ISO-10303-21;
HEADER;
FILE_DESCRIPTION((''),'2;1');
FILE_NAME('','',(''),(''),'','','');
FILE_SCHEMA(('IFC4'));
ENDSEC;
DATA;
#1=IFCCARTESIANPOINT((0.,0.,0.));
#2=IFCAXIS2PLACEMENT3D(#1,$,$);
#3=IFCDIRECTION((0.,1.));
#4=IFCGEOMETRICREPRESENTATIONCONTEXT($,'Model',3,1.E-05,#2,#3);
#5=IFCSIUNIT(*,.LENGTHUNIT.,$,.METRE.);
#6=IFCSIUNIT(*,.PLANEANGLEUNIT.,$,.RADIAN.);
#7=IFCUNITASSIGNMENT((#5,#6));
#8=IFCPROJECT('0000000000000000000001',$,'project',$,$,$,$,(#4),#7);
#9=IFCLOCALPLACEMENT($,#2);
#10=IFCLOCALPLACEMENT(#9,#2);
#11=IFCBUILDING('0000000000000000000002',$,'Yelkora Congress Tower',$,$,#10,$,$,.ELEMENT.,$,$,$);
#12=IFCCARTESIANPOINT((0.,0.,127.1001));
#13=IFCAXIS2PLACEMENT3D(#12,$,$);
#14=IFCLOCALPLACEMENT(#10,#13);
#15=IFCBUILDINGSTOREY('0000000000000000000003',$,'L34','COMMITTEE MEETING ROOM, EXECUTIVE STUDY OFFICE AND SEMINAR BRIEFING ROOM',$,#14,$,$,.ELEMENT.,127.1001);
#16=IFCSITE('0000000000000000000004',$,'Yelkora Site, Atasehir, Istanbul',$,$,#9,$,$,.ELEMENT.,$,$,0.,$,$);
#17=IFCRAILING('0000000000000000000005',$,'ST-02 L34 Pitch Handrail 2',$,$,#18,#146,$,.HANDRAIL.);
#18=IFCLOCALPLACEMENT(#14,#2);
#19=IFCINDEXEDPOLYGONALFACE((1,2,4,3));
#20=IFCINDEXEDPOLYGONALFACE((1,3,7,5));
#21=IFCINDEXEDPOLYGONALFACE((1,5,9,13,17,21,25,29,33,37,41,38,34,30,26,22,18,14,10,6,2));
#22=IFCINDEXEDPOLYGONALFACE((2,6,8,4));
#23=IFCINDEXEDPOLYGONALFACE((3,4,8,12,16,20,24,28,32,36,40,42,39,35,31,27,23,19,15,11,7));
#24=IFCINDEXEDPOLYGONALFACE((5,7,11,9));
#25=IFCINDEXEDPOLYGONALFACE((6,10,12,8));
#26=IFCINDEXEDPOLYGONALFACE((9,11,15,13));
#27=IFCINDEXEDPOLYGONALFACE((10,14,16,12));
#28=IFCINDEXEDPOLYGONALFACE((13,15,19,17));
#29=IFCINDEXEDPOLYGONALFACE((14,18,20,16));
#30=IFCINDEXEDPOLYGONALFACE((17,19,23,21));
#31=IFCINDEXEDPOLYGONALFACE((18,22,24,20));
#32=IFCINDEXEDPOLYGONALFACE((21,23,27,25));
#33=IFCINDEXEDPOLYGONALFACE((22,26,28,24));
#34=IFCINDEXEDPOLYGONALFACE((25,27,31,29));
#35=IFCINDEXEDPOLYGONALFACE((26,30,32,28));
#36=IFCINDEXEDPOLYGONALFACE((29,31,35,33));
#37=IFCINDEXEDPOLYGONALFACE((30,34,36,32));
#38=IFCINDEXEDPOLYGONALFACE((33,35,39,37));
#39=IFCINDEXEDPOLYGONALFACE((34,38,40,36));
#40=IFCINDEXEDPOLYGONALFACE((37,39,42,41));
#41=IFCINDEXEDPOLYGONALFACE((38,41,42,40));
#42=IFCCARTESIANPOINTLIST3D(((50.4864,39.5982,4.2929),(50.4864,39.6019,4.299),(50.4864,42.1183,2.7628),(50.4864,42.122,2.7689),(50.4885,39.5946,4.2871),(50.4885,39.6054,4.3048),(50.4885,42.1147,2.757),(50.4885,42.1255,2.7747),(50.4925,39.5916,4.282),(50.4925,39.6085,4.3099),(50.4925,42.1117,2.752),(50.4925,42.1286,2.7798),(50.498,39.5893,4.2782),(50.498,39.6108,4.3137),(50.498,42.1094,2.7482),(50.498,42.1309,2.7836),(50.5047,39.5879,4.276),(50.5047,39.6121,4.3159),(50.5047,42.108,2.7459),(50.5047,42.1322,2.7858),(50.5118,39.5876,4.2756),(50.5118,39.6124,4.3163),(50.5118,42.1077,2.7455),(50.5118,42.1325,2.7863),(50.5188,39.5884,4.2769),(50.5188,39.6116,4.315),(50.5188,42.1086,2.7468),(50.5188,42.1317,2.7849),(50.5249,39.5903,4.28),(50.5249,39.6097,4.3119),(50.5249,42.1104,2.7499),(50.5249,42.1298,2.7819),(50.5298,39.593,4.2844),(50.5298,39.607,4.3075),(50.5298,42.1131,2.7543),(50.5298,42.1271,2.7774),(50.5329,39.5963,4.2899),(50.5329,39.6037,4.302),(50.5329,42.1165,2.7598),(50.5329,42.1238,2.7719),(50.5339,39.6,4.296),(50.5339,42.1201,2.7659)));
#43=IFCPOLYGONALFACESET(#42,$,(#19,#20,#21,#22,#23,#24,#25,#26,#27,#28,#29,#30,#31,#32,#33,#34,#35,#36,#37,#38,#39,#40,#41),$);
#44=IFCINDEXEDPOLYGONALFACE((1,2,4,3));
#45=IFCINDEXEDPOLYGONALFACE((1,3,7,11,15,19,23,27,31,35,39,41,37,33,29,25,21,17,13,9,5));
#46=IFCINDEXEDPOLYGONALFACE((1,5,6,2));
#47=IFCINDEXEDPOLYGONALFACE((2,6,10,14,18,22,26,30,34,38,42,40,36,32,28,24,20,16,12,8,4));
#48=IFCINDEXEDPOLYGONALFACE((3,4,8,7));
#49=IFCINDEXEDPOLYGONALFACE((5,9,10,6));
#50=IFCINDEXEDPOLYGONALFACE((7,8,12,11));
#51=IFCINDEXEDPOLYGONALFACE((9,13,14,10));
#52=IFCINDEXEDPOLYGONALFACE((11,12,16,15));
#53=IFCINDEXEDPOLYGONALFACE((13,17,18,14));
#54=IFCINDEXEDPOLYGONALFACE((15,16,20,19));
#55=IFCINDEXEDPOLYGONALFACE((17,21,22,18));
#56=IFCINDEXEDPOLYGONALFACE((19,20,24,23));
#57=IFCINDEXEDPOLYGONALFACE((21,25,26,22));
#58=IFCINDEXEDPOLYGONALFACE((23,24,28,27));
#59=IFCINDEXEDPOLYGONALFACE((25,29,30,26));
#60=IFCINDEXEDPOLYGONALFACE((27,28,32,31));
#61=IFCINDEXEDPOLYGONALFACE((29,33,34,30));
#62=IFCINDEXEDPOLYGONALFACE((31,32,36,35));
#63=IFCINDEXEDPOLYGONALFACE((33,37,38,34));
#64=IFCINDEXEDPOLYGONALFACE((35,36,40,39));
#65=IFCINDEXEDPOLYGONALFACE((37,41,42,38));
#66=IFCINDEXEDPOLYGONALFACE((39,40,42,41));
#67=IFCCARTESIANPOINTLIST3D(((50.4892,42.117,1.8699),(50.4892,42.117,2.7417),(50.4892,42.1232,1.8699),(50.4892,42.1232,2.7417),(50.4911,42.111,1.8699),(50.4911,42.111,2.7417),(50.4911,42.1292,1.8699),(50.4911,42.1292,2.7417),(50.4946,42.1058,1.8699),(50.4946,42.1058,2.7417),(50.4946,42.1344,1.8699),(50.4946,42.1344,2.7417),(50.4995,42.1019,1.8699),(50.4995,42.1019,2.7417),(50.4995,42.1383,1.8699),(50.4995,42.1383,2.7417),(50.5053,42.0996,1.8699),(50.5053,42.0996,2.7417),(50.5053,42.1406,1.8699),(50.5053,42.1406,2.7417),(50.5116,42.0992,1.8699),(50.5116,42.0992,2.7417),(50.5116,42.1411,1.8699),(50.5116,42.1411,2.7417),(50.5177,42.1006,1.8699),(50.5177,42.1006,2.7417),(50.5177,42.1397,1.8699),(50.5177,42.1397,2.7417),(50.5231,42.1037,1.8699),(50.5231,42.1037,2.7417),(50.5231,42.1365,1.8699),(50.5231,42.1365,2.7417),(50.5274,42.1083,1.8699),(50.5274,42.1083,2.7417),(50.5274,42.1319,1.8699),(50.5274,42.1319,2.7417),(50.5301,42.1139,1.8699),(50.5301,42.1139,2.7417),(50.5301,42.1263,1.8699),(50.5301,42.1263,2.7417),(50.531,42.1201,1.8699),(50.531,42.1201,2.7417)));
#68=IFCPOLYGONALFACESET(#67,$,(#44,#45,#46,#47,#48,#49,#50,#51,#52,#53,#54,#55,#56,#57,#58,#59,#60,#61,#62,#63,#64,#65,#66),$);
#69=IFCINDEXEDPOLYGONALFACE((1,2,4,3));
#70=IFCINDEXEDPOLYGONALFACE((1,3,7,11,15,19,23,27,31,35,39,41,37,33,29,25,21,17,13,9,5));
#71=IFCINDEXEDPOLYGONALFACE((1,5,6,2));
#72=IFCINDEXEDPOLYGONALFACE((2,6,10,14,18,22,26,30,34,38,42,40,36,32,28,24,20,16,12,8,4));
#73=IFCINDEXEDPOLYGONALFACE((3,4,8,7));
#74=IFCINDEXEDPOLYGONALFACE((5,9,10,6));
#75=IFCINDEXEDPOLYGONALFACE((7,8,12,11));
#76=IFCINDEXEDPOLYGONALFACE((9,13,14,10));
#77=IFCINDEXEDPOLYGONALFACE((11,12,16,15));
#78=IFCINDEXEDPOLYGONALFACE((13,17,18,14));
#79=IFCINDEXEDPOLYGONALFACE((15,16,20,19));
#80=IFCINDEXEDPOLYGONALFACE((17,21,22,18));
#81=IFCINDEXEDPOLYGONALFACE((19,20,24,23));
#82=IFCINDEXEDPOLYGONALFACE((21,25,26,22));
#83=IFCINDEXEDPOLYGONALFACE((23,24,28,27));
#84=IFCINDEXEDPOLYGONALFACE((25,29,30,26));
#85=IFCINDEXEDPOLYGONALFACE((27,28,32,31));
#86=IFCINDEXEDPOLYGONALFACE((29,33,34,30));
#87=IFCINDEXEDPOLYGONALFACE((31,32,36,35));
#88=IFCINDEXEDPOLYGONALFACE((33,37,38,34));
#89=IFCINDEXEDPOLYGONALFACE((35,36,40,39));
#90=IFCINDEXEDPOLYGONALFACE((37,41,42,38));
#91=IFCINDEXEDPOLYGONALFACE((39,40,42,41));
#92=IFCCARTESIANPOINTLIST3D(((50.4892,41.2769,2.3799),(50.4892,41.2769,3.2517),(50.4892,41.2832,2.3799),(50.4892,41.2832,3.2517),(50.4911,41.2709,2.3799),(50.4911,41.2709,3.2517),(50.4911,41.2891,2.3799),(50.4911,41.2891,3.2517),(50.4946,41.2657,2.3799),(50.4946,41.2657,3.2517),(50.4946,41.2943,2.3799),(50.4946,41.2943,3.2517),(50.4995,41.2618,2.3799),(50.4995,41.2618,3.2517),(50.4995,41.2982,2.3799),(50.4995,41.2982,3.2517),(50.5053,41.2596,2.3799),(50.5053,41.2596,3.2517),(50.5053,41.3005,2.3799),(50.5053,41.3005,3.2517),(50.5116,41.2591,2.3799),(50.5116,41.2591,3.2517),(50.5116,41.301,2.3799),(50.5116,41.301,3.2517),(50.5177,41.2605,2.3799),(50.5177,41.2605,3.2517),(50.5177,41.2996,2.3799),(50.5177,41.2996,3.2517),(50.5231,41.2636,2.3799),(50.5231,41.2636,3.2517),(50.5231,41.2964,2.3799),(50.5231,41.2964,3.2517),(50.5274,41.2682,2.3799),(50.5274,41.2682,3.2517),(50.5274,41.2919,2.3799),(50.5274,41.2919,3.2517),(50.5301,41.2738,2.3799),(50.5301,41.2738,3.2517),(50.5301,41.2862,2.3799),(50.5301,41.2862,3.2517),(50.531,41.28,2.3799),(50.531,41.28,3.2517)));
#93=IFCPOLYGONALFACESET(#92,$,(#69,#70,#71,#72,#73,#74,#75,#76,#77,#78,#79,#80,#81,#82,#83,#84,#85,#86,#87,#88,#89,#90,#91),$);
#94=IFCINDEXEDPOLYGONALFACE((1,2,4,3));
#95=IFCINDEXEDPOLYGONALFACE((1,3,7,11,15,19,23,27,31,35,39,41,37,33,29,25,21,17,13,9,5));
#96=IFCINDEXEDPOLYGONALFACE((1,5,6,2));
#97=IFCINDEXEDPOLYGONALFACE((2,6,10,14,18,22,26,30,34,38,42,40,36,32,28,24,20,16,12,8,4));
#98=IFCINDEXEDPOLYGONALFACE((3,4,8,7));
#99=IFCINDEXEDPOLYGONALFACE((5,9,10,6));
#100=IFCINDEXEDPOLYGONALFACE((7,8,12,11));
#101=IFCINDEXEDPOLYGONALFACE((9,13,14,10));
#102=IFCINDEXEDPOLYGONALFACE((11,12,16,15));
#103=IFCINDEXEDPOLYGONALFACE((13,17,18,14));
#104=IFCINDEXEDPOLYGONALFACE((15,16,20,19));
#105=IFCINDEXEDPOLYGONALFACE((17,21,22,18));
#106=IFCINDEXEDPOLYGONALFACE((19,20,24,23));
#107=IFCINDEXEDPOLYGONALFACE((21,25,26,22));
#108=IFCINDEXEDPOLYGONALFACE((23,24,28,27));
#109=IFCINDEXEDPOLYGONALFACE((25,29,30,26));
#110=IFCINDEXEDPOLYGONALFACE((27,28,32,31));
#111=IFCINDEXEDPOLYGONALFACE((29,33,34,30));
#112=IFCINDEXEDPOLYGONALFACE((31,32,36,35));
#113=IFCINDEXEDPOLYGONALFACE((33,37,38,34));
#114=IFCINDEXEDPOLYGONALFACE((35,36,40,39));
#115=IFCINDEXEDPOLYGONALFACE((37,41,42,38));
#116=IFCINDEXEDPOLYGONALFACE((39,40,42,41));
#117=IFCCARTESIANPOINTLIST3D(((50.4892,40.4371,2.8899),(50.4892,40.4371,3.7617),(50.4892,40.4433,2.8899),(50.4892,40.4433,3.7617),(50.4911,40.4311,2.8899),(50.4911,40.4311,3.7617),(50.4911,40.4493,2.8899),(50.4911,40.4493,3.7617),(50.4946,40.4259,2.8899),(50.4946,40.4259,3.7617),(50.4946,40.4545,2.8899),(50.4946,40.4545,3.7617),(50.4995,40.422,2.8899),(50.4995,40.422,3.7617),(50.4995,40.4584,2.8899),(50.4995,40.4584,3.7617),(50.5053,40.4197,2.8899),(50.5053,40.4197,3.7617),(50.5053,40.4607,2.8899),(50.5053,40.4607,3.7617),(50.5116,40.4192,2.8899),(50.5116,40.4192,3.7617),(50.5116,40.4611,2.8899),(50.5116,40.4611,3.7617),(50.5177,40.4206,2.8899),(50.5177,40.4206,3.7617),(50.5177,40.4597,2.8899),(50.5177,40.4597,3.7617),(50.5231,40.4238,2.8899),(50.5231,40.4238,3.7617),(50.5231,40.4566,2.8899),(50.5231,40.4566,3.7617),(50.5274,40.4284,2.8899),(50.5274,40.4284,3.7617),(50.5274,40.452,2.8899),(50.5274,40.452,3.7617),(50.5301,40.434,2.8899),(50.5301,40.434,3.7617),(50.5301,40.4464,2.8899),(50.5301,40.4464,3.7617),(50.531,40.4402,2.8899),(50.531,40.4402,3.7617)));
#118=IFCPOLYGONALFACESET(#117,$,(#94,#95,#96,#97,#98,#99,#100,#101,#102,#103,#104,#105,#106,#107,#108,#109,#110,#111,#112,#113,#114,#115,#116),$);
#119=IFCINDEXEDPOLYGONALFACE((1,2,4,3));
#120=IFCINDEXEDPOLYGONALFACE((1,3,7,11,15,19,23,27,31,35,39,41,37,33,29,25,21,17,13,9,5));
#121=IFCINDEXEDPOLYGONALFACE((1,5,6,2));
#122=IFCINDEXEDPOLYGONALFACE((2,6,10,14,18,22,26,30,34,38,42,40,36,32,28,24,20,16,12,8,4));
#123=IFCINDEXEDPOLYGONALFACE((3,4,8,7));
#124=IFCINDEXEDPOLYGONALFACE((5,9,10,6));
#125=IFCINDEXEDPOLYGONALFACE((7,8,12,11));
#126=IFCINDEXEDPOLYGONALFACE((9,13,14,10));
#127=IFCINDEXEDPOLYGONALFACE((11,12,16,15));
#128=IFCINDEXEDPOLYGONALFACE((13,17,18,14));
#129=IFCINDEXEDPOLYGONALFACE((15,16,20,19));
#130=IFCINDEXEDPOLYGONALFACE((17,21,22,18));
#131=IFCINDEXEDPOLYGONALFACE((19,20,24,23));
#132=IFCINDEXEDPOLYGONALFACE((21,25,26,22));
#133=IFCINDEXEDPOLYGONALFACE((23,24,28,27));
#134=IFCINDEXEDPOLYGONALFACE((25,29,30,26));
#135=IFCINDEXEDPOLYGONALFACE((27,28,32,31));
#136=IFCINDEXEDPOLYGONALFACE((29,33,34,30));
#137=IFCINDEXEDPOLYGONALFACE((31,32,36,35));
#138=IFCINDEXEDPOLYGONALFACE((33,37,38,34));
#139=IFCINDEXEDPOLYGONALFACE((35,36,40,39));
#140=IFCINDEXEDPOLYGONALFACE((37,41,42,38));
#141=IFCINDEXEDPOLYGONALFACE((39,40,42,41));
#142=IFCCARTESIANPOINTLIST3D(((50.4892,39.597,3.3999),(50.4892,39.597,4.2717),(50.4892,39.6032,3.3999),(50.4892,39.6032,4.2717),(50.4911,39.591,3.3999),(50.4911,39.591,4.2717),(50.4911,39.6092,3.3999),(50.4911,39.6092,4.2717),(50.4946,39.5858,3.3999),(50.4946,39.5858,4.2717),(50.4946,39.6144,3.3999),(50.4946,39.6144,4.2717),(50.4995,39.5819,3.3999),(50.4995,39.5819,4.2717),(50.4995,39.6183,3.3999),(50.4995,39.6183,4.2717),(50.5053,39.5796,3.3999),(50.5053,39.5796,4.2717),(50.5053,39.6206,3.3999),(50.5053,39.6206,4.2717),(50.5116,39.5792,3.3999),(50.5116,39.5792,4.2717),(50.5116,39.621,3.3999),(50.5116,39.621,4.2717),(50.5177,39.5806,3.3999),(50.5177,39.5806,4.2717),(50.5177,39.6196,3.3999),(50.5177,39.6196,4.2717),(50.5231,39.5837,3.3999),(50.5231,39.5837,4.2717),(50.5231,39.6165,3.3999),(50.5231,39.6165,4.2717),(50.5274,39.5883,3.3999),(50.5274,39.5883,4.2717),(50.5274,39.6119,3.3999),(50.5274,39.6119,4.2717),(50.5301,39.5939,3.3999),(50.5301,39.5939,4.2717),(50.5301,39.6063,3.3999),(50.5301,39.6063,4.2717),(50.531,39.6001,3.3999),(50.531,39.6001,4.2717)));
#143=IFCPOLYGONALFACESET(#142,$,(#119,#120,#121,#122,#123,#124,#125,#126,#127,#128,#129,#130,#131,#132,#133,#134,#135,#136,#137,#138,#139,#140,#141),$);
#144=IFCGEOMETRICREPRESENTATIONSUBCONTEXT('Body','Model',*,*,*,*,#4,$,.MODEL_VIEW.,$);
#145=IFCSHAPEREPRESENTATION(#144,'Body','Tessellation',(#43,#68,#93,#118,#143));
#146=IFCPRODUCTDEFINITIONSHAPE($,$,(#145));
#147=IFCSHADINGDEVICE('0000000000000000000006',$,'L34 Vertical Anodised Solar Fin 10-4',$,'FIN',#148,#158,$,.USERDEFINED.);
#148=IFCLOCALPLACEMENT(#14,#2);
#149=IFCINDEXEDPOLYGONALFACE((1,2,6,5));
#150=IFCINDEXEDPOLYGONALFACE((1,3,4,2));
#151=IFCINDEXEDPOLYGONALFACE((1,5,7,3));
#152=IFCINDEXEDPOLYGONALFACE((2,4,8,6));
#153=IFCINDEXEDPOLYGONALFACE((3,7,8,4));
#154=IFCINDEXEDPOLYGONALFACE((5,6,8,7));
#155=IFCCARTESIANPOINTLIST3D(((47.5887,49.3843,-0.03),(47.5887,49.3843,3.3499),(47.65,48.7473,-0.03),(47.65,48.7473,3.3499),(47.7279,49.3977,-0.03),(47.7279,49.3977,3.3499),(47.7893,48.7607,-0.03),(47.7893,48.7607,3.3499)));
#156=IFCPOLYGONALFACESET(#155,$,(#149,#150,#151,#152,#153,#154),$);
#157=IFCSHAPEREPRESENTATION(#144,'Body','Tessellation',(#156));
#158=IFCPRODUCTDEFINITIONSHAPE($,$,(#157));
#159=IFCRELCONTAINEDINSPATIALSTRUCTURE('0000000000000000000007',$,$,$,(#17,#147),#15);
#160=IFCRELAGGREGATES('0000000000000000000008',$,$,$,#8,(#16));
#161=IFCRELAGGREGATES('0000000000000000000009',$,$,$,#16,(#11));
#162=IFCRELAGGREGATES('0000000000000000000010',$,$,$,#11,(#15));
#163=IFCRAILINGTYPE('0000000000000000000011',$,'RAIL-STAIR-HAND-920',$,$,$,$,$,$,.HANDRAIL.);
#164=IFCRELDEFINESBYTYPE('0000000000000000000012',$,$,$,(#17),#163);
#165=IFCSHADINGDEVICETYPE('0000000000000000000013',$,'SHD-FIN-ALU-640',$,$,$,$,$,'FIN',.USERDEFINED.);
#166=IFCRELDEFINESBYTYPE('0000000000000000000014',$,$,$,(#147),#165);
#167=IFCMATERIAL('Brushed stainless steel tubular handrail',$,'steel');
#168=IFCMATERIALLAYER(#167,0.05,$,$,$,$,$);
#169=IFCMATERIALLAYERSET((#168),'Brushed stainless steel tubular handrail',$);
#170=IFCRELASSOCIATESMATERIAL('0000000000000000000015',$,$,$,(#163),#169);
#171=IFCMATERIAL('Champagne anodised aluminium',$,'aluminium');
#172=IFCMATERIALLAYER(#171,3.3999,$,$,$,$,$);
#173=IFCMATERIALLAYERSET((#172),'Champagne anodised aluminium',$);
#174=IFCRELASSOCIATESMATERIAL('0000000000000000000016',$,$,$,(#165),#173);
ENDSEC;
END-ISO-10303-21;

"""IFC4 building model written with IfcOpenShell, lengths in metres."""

from ifc_helpers import new_model, si_unit, direction, frame, origin, origin_2d, place, context, subcontext, project, spatial, rectangle, circle, extrude, material, layer, layer_set, type_object, element, save


model = new_model("IFC4")

# Units and contexts
model_context = context("Model", 3, precision=1e-05, world=origin(), true_north=direction((0.0, 1.0)))
body_context = subcontext(model_context, "Body", "Model", "MODEL_VIEW")
ifc_project = project(units=[si_unit("LENGTHUNIT", "METRE"), si_unit("PLANEANGLEUNIT", "RADIAN")], contexts=[model_context])

# Site, building, storey
site_placement = place(None, origin())
site = spatial("IfcSite", under=ifc_project, at=site_placement, Name="Yelkora Site, Atasehir, Istanbul", CompositionType="ELEMENT", RefElevation=0.0)
building_placement = place(site_placement, origin())
building = spatial("IfcBuilding", under=site, at=building_placement, Name="Yelkora Congress Tower", CompositionType="ELEMENT")
storey_placement = place(building_placement, frame((0.0, 0.0, 127.1001)))
storey = spatial("IfcBuildingStorey", under=building, at=storey_placement, Name="L34", Description="COMMITTEE MEETING ROOM, EXECUTIVE STUDY OFFICE AND SEMINAR BRIEFING ROOM", CompositionType="ELEMENT", Elevation=127.1001)

# Railing
ifc_material_1 = material(Name="Brushed stainless steel tubular handrail", Category="steel")
ifc_layer_1 = layer(ifc_material_1, 0.05)
ifc_layer_set_1 = layer_set([ifc_layer_1], Name="Brushed stainless steel tubular handrail")
railing_type_1 = type_object("IfcRailingType", Name="RAIL-STAIR-HAND-920", PredefinedType="HANDRAIL", material=ifc_layer_set_1)
railing_1_placement = place(storey_placement, frame((50.51, 42.1201, 1.8699)))
element("IfcRailing", 1, at=railing_1_placement, inside=storey, type_object=railing_type_1, Name="ST-02 L34 Pitch Handrail 2", PredefinedType="HANDRAIL", context=body_context, shape_type="SweptSolid", body=[
    extrude(circle(Radius=0.0239, at=origin_2d()), frame((0.0, 0.0, 0.896), z_axis=(0.0, -0.854785, 0.518982), x_axis=(1.0, 0.0, 0.0)), (0.0, 0.0, 1.0), 2.9482),
    extrude(circle(Radius=0.021, at=origin_2d()), origin(), (0.0, 0.0, 1.0), 0.8718),
    extrude(circle(Radius=0.021, at=origin_2d()), frame((0.0, -0.8401, 0.51)), (0.0, 0.0, 1.0), 0.8718),
    extrude(circle(Radius=0.021, at=origin_2d()), frame((0.0, -1.6799, 1.02)), (0.0, 0.0, 1.0), 0.8718),
    extrude(circle(Radius=0.021, at=origin_2d()), frame((0.0, -2.52, 1.53)), (0.0, 0.0, 1.0), 0.8718),
])

# Shading device
ifc_material_2 = material(Name="Champagne anodised aluminium", Category="aluminium")
ifc_layer_2 = layer(ifc_material_2, 3.3999)
ifc_layer_set_2 = layer_set([ifc_layer_2], Name="Champagne anodised aluminium")
shading_device_type = type_object("IfcShadingDeviceType", Name="SHD-FIN-ALU-640", ElementType="FIN", PredefinedType="USERDEFINED", material=ifc_layer_set_2)
shading_device_placement = place(storey_placement, frame((47.689, 49.0725, -0.03), z_axis=(0.0, 0.0, 1.0), x_axis=(0.995396, 0.095846, 0.0)))
element("IfcShadingDevice", 2, at=shading_device_placement, inside=storey, type_object=shading_device_type, Name="L34 Vertical Anodised Solar Fin 10-4", ObjectType="FIN", PredefinedType="USERDEFINED", context=body_context, shape_type="SweptSolid", body=[
    extrude(rectangle(XDim=0.1399, YDim=0.6399, at=origin_2d()), origin(), (0.0, 0.0, 1.0), 3.3799),
])

save(model, "model.ifc")
